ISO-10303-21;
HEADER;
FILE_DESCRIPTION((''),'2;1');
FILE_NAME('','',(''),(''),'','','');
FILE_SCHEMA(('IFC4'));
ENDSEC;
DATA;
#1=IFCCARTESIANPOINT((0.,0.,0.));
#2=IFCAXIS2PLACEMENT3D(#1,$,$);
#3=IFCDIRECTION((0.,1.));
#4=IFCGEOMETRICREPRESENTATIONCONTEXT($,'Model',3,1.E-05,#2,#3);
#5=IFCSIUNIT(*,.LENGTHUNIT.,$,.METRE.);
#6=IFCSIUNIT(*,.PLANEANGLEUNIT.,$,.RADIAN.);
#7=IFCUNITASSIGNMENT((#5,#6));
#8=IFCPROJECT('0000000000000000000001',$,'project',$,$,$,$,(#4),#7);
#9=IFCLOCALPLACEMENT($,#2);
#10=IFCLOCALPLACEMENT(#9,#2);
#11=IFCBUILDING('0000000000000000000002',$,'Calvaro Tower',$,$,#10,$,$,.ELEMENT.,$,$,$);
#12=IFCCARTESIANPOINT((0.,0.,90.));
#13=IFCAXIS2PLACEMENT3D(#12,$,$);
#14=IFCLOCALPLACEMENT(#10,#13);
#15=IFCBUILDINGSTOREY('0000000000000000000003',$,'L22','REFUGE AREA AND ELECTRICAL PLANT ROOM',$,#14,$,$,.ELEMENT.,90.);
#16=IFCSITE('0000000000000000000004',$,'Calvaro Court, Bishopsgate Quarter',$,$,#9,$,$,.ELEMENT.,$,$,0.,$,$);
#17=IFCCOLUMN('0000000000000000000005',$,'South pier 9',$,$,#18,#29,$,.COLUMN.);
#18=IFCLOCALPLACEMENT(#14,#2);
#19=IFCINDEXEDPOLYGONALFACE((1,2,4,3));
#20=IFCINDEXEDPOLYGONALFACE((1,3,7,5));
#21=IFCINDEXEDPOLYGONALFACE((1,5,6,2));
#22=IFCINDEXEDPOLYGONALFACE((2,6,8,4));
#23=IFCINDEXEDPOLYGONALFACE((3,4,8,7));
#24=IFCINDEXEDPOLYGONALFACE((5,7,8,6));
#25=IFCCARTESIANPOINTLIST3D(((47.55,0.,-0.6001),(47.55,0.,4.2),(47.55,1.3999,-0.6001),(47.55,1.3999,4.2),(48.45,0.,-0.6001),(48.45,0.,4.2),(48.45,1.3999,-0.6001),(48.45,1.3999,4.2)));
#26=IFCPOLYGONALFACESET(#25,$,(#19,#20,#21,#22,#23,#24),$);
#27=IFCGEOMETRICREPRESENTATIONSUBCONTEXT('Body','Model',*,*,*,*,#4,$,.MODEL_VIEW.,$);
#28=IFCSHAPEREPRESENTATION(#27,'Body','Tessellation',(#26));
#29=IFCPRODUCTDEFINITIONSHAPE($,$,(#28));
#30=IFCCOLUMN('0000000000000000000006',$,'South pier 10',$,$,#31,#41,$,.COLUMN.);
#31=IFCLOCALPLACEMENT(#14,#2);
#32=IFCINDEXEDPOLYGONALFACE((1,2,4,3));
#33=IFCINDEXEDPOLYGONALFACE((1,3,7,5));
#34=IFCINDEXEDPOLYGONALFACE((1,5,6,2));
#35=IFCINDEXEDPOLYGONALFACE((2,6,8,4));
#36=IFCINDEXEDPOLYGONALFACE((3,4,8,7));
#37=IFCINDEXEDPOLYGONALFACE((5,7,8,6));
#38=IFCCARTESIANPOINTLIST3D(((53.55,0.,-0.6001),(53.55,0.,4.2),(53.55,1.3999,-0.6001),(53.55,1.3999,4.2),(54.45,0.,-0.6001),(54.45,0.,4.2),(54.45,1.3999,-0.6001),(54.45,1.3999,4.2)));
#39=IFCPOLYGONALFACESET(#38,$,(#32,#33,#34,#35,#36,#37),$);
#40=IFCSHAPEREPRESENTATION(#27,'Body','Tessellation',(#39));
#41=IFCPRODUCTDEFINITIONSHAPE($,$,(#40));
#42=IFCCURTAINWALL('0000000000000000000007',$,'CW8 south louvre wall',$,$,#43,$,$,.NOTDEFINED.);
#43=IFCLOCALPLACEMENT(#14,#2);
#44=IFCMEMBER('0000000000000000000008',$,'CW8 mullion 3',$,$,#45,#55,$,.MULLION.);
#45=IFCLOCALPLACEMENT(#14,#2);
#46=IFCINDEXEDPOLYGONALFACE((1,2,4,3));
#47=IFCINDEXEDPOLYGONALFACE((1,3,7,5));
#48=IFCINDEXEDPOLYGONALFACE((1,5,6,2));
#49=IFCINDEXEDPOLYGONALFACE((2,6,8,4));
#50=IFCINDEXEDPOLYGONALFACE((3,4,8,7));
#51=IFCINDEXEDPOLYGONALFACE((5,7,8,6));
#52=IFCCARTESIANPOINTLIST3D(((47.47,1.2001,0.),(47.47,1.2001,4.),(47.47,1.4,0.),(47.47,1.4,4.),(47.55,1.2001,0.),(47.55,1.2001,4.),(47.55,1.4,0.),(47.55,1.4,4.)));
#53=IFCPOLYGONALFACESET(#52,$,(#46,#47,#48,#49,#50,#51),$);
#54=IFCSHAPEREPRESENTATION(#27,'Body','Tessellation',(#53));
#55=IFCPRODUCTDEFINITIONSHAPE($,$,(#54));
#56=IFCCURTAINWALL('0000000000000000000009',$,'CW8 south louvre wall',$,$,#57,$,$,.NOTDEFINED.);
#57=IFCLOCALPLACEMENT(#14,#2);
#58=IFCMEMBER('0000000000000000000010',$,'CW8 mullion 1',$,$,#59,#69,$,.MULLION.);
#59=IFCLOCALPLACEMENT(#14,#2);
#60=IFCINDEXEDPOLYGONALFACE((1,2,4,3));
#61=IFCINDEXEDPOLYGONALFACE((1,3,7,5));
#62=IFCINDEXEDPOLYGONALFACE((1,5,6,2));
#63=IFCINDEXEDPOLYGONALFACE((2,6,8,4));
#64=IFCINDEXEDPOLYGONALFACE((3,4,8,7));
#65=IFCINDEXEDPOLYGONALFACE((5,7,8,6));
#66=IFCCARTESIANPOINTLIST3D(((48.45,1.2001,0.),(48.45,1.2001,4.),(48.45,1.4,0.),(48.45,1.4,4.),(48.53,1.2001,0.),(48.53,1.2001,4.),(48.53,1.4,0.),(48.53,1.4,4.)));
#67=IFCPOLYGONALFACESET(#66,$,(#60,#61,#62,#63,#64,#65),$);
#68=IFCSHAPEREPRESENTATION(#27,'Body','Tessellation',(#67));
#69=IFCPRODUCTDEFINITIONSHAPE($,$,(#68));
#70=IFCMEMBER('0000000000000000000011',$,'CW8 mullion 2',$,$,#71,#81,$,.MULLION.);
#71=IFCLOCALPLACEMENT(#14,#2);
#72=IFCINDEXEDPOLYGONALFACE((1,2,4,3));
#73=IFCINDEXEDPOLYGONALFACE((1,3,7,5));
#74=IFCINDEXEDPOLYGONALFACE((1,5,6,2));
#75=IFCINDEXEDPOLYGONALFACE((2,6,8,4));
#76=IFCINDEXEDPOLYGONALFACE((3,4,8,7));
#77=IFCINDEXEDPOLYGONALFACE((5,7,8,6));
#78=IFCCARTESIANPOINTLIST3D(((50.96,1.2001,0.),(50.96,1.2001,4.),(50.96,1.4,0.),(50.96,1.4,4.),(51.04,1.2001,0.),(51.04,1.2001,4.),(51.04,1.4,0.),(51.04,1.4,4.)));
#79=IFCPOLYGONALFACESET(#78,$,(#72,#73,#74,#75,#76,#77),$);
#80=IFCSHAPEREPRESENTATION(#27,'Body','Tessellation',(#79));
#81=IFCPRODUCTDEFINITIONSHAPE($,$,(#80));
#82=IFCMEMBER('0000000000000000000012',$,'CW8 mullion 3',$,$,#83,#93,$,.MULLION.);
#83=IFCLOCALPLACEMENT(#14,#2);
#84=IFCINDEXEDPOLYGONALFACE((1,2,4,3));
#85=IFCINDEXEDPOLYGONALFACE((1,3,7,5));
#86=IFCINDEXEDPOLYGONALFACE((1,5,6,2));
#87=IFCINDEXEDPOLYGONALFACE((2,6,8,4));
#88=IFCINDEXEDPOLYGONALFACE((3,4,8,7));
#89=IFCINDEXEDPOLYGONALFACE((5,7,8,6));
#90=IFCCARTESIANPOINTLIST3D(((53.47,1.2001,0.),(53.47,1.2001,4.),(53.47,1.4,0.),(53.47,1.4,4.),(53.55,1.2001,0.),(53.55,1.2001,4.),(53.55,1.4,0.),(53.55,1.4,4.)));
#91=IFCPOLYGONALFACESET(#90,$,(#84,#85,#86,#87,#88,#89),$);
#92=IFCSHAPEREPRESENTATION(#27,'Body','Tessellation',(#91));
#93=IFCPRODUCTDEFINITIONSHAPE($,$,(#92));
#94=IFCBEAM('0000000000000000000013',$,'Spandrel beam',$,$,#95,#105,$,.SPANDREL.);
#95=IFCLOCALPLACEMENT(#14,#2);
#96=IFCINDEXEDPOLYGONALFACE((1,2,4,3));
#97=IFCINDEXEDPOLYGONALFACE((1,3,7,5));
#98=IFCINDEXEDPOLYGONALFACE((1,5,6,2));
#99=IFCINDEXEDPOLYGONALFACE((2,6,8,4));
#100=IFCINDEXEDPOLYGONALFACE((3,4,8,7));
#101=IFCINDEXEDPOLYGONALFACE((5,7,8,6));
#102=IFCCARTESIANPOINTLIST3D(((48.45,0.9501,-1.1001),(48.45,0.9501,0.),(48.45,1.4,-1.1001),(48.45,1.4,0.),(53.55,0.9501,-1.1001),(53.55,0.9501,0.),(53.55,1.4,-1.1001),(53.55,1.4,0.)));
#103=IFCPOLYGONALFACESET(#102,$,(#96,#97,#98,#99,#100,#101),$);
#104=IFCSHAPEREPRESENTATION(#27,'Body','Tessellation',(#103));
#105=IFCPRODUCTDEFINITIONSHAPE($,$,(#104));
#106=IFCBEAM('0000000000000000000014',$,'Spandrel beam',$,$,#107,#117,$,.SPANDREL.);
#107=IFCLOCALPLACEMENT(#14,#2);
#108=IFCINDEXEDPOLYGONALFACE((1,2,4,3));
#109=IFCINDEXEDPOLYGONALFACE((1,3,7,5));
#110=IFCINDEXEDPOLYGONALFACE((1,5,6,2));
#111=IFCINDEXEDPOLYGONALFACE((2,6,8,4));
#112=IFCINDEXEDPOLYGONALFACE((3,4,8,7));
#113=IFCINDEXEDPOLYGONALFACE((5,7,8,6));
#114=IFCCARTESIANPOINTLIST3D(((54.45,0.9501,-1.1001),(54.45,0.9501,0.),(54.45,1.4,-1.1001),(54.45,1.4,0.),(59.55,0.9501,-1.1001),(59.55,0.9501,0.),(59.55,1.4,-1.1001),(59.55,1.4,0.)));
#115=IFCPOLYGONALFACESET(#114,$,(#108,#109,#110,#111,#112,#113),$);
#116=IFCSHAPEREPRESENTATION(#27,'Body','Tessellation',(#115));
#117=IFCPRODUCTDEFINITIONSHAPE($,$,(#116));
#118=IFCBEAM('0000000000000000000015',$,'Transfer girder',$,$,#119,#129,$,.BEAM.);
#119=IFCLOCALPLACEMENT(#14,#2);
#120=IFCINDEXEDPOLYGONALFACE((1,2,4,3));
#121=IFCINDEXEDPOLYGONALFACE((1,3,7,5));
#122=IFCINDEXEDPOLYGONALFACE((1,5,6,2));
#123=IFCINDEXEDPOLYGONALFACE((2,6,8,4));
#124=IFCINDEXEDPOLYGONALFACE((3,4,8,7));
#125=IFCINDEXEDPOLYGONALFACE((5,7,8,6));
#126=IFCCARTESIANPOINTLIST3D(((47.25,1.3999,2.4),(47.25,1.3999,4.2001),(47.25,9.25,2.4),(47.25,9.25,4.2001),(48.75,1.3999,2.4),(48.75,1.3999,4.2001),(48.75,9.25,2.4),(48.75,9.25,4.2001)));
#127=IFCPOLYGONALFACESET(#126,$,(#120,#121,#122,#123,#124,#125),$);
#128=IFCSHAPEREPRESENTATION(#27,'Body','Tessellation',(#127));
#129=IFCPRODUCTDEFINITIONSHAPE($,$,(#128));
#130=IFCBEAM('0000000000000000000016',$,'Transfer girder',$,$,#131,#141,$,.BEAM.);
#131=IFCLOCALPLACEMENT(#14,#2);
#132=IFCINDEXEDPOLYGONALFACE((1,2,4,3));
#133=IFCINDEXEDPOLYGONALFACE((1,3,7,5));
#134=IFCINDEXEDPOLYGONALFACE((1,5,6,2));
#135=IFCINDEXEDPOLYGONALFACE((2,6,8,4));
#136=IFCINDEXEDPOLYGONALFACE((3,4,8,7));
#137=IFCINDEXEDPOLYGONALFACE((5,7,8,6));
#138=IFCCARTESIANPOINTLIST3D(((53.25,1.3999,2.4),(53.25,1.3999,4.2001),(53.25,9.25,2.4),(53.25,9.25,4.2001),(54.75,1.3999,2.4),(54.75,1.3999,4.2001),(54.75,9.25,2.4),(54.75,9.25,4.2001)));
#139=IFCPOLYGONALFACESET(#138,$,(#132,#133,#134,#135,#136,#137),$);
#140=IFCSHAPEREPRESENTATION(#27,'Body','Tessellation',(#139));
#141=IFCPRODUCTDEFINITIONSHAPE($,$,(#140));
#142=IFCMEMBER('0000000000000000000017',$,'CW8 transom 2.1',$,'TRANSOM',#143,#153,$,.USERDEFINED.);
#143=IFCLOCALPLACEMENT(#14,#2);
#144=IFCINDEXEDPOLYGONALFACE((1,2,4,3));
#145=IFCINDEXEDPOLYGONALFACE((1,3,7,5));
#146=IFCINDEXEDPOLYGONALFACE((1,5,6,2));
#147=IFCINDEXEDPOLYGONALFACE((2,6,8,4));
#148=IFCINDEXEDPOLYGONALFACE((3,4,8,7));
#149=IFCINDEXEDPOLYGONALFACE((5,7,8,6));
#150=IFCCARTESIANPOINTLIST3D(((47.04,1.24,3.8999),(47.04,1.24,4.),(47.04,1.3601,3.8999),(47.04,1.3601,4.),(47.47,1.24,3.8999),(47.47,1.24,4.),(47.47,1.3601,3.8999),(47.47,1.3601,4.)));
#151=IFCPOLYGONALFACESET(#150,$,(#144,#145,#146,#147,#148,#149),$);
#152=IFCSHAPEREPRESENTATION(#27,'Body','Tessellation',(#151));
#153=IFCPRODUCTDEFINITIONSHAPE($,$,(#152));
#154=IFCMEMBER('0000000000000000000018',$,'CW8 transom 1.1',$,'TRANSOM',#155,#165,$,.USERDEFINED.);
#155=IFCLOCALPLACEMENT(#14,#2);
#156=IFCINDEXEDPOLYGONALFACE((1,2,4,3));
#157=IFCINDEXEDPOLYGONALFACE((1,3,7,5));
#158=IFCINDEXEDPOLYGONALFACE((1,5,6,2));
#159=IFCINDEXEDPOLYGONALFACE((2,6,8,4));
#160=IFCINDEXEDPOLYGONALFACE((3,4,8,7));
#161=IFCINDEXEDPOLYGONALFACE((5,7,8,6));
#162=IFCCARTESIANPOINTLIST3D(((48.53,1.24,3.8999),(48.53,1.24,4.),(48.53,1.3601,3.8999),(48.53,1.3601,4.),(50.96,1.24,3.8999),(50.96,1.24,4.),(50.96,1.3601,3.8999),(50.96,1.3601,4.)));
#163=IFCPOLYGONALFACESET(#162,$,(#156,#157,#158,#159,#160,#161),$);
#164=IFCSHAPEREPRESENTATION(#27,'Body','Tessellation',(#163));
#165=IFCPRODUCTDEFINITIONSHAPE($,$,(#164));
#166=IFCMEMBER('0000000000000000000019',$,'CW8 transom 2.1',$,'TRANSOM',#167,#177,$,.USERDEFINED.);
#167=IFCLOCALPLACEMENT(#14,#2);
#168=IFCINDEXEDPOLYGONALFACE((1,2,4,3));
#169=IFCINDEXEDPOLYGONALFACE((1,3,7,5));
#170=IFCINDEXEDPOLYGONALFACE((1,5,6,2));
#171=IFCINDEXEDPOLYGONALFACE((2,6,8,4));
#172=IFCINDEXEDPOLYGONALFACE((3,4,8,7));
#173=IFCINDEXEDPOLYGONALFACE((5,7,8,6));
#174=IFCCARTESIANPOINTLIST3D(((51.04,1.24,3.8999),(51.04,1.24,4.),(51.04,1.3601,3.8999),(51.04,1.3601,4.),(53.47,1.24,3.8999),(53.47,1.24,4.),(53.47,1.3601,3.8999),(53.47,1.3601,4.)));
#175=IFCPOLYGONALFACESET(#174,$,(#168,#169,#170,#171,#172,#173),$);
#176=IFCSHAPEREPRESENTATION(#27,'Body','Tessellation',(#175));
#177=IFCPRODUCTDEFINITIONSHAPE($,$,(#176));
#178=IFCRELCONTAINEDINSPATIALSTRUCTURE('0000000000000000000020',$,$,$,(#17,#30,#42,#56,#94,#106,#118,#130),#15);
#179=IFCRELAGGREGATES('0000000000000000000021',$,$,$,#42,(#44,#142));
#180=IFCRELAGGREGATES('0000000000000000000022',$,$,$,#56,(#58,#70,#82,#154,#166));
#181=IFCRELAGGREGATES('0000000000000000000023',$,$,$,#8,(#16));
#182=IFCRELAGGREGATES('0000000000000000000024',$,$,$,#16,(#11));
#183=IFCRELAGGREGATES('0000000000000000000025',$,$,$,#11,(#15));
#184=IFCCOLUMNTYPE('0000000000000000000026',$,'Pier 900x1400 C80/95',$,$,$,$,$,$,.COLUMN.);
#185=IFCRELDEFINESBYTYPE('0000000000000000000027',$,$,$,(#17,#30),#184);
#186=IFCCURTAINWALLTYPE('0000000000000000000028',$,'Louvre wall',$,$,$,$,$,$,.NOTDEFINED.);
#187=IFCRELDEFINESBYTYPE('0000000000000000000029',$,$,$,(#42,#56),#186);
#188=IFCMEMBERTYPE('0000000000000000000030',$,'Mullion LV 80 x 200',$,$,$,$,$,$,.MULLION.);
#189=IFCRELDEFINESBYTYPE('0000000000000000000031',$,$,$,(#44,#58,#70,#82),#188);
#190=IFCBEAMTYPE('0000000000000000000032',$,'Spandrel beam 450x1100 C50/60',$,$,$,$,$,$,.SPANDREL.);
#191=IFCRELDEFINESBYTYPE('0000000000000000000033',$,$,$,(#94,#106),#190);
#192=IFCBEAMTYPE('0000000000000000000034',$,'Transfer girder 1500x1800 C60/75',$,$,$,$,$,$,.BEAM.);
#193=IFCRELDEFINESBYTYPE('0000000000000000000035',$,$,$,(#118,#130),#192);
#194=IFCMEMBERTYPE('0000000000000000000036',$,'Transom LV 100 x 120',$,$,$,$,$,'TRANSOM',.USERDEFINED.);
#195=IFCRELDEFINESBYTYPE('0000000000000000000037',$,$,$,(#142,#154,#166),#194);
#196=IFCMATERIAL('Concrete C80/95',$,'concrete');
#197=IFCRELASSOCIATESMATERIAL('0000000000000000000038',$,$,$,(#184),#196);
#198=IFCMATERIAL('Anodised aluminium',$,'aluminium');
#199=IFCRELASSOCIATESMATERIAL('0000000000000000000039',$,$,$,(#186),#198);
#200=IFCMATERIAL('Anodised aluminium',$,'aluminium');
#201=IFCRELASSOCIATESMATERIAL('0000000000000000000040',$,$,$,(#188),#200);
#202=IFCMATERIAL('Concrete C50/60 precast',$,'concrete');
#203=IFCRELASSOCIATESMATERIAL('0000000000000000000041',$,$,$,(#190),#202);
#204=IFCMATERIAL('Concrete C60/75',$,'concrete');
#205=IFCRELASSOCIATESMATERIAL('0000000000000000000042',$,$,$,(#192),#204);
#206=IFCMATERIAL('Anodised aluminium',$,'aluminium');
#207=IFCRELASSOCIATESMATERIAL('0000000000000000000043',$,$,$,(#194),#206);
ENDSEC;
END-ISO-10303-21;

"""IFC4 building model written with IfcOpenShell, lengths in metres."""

from ifc_helpers import new_model, si_unit, direction, frame, origin, origin_2d, place, context, subcontext, project, spatial, rectangle, extrude, material, material_profile, profile_set, type_object, element, aggregate, save


model = new_model("IFC4")

# Units and contexts
model_context = context("Model", 3, precision=1e-05, world=origin(), true_north=direction((0.0, 1.0)))
body_context = subcontext(model_context, "Body", "Model", "MODEL_VIEW")
ifc_project = project(units=[si_unit("LENGTHUNIT", "METRE"), si_unit("PLANEANGLEUNIT", "RADIAN")], contexts=[model_context])

# Site, building, storey
site_placement = place(None, origin())
site = spatial("IfcSite", under=ifc_project, at=site_placement, Name="Calvaro Court, Bishopsgate Quarter", CompositionType="ELEMENT", RefElevation=0.0)
building_placement = place(site_placement, origin())
building = spatial("IfcBuilding", under=site, at=building_placement, Name="Calvaro Tower", CompositionType="ELEMENT")
storey_placement = place(building_placement, frame((0.0, 0.0, 90.0)))
storey = spatial("IfcBuildingStorey", under=building, at=storey_placement, Name="L22", Description="REFUGE AREA AND ELECTRICAL PLANT ROOM", CompositionType="ELEMENT", Elevation=90.0)

# Columns
ifc_material_1 = material(Name="Concrete C80/95", Category="concrete")
ifc_material_profile_1 = material_profile(ifc_material_1, rectangle(XDim=0.8999, YDim=1.3999, at=origin_2d()), Name="RC 900x1400")
ifc_profile_set_1 = profile_set([ifc_material_profile_1], Name="Concrete C80/95")
column_type = type_object("IfcColumnType", Name="Pier 900x1400 C80/95", PredefinedType="COLUMN", material=ifc_profile_set_1)
for number, where, z_axis, x_axis, name in (
    (1, (48.0, 0.7, -0.6001), (0.0, 0.0, 1.0), (1.0, 0.0, 0.0), "South pier 9"),
    (2, (54.0, 0.7, -0.6001), (0.0, 0.0, 1.0), (1.0, 0.0, 0.0), "South pier 10"),
):
    element("IfcColumn", number, at=place(storey_placement, frame(where, z_axis=z_axis, x_axis=x_axis)), inside=storey, type_object=column_type, Name=name, PredefinedType="COLUMN", context=body_context, shape_type="SweptSolid", body=[
        extrude(rectangle(XDim=0.8999, YDim=1.3999, at=origin_2d()), origin(), (0.0, 0.0, 1.0), 4.8),
    ])

# Curtain wall, member
ifc_material_2 = material(Name="Anodised aluminium", Category="aluminium")
curtain_wall_type = type_object("IfcCurtainWallType", Name="Louvre wall", PredefinedType="NOTDEFINED", material=ifc_material_2)
curtain_wall_1_placement = place(storey_placement, origin())
curtain_wall_1 = element("IfcCurtainWall", 3, at=curtain_wall_1_placement, inside=storey, type_object=curtain_wall_type, Name="CW8 south louvre wall", PredefinedType="NOTDEFINED")
ifc_material_3 = material(Name="Anodised aluminium", Category="aluminium")
ifc_material_profile_2 = material_profile(ifc_material_3, rectangle(XDim=0.2, YDim=0.0801, at=origin_2d()), Name="Mullion LV 80 x 200")
ifc_profile_set_2 = profile_set([ifc_material_profile_2], Name="Anodised aluminium")
member_type_1 = type_object("IfcMemberType", Name="Mullion LV 80 x 200", PredefinedType="MULLION", material=ifc_profile_set_2)
member_1_placement = place(storey_placement, frame((47.51, 1.3, 0.0), z_axis=(0.0, 0.0, 1.0), x_axis=(0.0, 1.0, 0.0)))
member_1 = element("IfcMember", 4, at=member_1_placement, type_object=member_type_1, Name="CW8 mullion 3", PredefinedType="MULLION", context=body_context, shape_type="SweptSolid", body=[
    extrude(rectangle(XDim=0.2, YDim=0.0801, at=origin_2d()), origin(), (0.0, 0.0, 1.0), 4.0),
])

# Curtain wall, members
curtain_wall_2_placement = place(storey_placement, origin())
curtain_wall_2 = element("IfcCurtainWall", 5, at=curtain_wall_2_placement, inside=storey, type_object=curtain_wall_type, Name="CW8 south louvre wall", PredefinedType="NOTDEFINED")
member_2_placement = place(storey_placement, frame((48.49, 1.3, 0.0), z_axis=(0.0, 0.0, 1.0), x_axis=(0.0, 1.0, 0.0)))
member_2 = element("IfcMember", 6, at=member_2_placement, type_object=member_type_1, Name="CW8 mullion 1", PredefinedType="MULLION", context=body_context, shape_type="SweptSolid", body=[
    extrude(rectangle(XDim=0.2, YDim=0.0801, at=origin_2d()), origin(), (0.0, 0.0, 1.0), 4.0),
])
member_3_placement = place(storey_placement, frame((51.0, 1.3, 0.0), z_axis=(0.0, 0.0, 1.0), x_axis=(0.0, 1.0, 0.0)))
member_3 = element("IfcMember", 7, at=member_3_placement, type_object=member_type_1, Name="CW8 mullion 2", PredefinedType="MULLION", context=body_context, shape_type="SweptSolid", body=[
    extrude(rectangle(XDim=0.2, YDim=0.0801, at=origin_2d()), origin(), (0.0, 0.0, 1.0), 4.0),
])
member_4_placement = place(storey_placement, frame((53.51, 1.3, 0.0), z_axis=(0.0, 0.0, 1.0), x_axis=(0.0, 1.0, 0.0)))
member_4 = element("IfcMember", 8, at=member_4_placement, type_object=member_type_1, Name="CW8 mullion 3", PredefinedType="MULLION", context=body_context, shape_type="SweptSolid", body=[
    extrude(rectangle(XDim=0.2, YDim=0.0801, at=origin_2d()), origin(), (0.0, 0.0, 1.0), 4.0),
])

# Beams
ifc_material_4 = material(Name="Concrete C50/60 precast", Category="concrete")
ifc_material_profile_3 = material_profile(ifc_material_4, rectangle(XDim=0.45, YDim=1.1001, at=origin_2d()), Name="RC 450x1100")
ifc_profile_set_3 = profile_set([ifc_material_profile_3], Name="Concrete C50/60 precast")
beam_type_1 = type_object("IfcBeamType", Name="Spandrel beam 450x1100 C50/60", PredefinedType="SPANDREL", material=ifc_profile_set_3)
for number, where, z_axis, x_axis, name in (
    (9, (48.45, 1.175, -0.55), (1.0, 0.0, 0.0), (0.0, 1.0, 0.0), "Spandrel beam"),
    (10, (54.45, 1.175, -0.55), (1.0, 0.0, 0.0), (0.0, 1.0, 0.0), "Spandrel beam"),
):
    element("IfcBeam", number, at=place(storey_placement, frame(where, z_axis=z_axis, x_axis=x_axis)), inside=storey, type_object=beam_type_1, Name=name, PredefinedType="SPANDREL", context=body_context, shape_type="SweptSolid", body=[
        extrude(rectangle(XDim=0.45, YDim=1.1001, at=origin_2d()), origin(), (0.0, 0.0, 1.0), 5.1001),
    ])
ifc_material_5 = material(Name="Concrete C60/75", Category="concrete")
ifc_material_profile_4 = material_profile(ifc_material_5, rectangle(XDim=1.5, YDim=1.8, at=origin_2d()), Name="RC 1500x1800")
ifc_profile_set_4 = profile_set([ifc_material_profile_4], Name="Concrete C60/75")
beam_type_2 = type_object("IfcBeamType", Name="Transfer girder 1500x1800 C60/75", PredefinedType="BEAM", material=ifc_profile_set_4)
for number, where, z_axis, x_axis, name in (
    (11, (48.0, 1.3999, 3.3), (0.0, 1.0, 0.0), (-1.0, 0.0, 0.0), "Transfer girder"),
    (12, (54.0, 1.3999, 3.3), (0.0, 1.0, 0.0), (-1.0, 0.0, 0.0), "Transfer girder"),
):
    element("IfcBeam", number, at=place(storey_placement, frame(where, z_axis=z_axis, x_axis=x_axis)), inside=storey, type_object=beam_type_2, Name=name, PredefinedType="BEAM", context=body_context, shape_type="SweptSolid", body=[
        extrude(rectangle(XDim=1.5, YDim=1.8, at=origin_2d()), origin(), (0.0, 0.0, 1.0), 7.8501),
    ])

# Members
ifc_material_6 = material(Name="Anodised aluminium", Category="aluminium")
ifc_material_profile_5 = material_profile(ifc_material_6, rectangle(XDim=0.1201, YDim=0.1001, at=origin_2d()), Name="Transom LV 100 x 120")
ifc_profile_set_5 = profile_set([ifc_material_profile_5], Name="Anodised aluminium")
member_type_2 = type_object("IfcMemberType", Name="Transom LV 100 x 120", ElementType="TRANSOM", PredefinedType="USERDEFINED", material=ifc_profile_set_5)
member_5_placement = place(storey_placement, frame((47.04, 1.3, 3.95), z_axis=(1.0, 0.0, 0.0), x_axis=(0.0, 1.0, 0.0)))
member_5 = element("IfcMember", 13, at=member_5_placement, type_object=member_type_2, Name="CW8 transom 2.1", ObjectType="TRANSOM", PredefinedType="USERDEFINED", context=body_context, shape_type="SweptSolid", body=[
    extrude(rectangle(XDim=0.1201, YDim=0.1001, at=origin_2d()), origin(), (0.0, 0.0, 1.0), 0.4299),
])
member_6_placement = place(storey_placement, frame((48.53, 1.3, 3.95), z_axis=(1.0, 0.0, 0.0), x_axis=(0.0, 1.0, 0.0)))
member_6 = element("IfcMember", 14, at=member_6_placement, type_object=member_type_2, Name="CW8 transom 1.1", ObjectType="TRANSOM", PredefinedType="USERDEFINED", context=body_context, shape_type="SweptSolid", body=[
    extrude(rectangle(XDim=0.1201, YDim=0.1001, at=origin_2d()), origin(), (0.0, 0.0, 1.0), 2.4299),
])
member_7_placement = place(storey_placement, frame((51.04, 1.3, 3.95), z_axis=(1.0, 0.0, 0.0), x_axis=(0.0, 1.0, 0.0)))
member_7 = element("IfcMember", 15, at=member_7_placement, type_object=member_type_2, Name="CW8 transom 2.1", ObjectType="TRANSOM", PredefinedType="USERDEFINED", context=body_context, shape_type="SweptSolid", body=[
    extrude(rectangle(XDim=0.1201, YDim=0.1001, at=origin_2d()), origin(), (0.0, 0.0, 1.0), 2.4299),
])

aggregate(curtain_wall_1, [member_1, member_5])
aggregate(curtain_wall_2, [member_2, member_3, member_4, member_6, member_7])

save(model, "model.ifc")
